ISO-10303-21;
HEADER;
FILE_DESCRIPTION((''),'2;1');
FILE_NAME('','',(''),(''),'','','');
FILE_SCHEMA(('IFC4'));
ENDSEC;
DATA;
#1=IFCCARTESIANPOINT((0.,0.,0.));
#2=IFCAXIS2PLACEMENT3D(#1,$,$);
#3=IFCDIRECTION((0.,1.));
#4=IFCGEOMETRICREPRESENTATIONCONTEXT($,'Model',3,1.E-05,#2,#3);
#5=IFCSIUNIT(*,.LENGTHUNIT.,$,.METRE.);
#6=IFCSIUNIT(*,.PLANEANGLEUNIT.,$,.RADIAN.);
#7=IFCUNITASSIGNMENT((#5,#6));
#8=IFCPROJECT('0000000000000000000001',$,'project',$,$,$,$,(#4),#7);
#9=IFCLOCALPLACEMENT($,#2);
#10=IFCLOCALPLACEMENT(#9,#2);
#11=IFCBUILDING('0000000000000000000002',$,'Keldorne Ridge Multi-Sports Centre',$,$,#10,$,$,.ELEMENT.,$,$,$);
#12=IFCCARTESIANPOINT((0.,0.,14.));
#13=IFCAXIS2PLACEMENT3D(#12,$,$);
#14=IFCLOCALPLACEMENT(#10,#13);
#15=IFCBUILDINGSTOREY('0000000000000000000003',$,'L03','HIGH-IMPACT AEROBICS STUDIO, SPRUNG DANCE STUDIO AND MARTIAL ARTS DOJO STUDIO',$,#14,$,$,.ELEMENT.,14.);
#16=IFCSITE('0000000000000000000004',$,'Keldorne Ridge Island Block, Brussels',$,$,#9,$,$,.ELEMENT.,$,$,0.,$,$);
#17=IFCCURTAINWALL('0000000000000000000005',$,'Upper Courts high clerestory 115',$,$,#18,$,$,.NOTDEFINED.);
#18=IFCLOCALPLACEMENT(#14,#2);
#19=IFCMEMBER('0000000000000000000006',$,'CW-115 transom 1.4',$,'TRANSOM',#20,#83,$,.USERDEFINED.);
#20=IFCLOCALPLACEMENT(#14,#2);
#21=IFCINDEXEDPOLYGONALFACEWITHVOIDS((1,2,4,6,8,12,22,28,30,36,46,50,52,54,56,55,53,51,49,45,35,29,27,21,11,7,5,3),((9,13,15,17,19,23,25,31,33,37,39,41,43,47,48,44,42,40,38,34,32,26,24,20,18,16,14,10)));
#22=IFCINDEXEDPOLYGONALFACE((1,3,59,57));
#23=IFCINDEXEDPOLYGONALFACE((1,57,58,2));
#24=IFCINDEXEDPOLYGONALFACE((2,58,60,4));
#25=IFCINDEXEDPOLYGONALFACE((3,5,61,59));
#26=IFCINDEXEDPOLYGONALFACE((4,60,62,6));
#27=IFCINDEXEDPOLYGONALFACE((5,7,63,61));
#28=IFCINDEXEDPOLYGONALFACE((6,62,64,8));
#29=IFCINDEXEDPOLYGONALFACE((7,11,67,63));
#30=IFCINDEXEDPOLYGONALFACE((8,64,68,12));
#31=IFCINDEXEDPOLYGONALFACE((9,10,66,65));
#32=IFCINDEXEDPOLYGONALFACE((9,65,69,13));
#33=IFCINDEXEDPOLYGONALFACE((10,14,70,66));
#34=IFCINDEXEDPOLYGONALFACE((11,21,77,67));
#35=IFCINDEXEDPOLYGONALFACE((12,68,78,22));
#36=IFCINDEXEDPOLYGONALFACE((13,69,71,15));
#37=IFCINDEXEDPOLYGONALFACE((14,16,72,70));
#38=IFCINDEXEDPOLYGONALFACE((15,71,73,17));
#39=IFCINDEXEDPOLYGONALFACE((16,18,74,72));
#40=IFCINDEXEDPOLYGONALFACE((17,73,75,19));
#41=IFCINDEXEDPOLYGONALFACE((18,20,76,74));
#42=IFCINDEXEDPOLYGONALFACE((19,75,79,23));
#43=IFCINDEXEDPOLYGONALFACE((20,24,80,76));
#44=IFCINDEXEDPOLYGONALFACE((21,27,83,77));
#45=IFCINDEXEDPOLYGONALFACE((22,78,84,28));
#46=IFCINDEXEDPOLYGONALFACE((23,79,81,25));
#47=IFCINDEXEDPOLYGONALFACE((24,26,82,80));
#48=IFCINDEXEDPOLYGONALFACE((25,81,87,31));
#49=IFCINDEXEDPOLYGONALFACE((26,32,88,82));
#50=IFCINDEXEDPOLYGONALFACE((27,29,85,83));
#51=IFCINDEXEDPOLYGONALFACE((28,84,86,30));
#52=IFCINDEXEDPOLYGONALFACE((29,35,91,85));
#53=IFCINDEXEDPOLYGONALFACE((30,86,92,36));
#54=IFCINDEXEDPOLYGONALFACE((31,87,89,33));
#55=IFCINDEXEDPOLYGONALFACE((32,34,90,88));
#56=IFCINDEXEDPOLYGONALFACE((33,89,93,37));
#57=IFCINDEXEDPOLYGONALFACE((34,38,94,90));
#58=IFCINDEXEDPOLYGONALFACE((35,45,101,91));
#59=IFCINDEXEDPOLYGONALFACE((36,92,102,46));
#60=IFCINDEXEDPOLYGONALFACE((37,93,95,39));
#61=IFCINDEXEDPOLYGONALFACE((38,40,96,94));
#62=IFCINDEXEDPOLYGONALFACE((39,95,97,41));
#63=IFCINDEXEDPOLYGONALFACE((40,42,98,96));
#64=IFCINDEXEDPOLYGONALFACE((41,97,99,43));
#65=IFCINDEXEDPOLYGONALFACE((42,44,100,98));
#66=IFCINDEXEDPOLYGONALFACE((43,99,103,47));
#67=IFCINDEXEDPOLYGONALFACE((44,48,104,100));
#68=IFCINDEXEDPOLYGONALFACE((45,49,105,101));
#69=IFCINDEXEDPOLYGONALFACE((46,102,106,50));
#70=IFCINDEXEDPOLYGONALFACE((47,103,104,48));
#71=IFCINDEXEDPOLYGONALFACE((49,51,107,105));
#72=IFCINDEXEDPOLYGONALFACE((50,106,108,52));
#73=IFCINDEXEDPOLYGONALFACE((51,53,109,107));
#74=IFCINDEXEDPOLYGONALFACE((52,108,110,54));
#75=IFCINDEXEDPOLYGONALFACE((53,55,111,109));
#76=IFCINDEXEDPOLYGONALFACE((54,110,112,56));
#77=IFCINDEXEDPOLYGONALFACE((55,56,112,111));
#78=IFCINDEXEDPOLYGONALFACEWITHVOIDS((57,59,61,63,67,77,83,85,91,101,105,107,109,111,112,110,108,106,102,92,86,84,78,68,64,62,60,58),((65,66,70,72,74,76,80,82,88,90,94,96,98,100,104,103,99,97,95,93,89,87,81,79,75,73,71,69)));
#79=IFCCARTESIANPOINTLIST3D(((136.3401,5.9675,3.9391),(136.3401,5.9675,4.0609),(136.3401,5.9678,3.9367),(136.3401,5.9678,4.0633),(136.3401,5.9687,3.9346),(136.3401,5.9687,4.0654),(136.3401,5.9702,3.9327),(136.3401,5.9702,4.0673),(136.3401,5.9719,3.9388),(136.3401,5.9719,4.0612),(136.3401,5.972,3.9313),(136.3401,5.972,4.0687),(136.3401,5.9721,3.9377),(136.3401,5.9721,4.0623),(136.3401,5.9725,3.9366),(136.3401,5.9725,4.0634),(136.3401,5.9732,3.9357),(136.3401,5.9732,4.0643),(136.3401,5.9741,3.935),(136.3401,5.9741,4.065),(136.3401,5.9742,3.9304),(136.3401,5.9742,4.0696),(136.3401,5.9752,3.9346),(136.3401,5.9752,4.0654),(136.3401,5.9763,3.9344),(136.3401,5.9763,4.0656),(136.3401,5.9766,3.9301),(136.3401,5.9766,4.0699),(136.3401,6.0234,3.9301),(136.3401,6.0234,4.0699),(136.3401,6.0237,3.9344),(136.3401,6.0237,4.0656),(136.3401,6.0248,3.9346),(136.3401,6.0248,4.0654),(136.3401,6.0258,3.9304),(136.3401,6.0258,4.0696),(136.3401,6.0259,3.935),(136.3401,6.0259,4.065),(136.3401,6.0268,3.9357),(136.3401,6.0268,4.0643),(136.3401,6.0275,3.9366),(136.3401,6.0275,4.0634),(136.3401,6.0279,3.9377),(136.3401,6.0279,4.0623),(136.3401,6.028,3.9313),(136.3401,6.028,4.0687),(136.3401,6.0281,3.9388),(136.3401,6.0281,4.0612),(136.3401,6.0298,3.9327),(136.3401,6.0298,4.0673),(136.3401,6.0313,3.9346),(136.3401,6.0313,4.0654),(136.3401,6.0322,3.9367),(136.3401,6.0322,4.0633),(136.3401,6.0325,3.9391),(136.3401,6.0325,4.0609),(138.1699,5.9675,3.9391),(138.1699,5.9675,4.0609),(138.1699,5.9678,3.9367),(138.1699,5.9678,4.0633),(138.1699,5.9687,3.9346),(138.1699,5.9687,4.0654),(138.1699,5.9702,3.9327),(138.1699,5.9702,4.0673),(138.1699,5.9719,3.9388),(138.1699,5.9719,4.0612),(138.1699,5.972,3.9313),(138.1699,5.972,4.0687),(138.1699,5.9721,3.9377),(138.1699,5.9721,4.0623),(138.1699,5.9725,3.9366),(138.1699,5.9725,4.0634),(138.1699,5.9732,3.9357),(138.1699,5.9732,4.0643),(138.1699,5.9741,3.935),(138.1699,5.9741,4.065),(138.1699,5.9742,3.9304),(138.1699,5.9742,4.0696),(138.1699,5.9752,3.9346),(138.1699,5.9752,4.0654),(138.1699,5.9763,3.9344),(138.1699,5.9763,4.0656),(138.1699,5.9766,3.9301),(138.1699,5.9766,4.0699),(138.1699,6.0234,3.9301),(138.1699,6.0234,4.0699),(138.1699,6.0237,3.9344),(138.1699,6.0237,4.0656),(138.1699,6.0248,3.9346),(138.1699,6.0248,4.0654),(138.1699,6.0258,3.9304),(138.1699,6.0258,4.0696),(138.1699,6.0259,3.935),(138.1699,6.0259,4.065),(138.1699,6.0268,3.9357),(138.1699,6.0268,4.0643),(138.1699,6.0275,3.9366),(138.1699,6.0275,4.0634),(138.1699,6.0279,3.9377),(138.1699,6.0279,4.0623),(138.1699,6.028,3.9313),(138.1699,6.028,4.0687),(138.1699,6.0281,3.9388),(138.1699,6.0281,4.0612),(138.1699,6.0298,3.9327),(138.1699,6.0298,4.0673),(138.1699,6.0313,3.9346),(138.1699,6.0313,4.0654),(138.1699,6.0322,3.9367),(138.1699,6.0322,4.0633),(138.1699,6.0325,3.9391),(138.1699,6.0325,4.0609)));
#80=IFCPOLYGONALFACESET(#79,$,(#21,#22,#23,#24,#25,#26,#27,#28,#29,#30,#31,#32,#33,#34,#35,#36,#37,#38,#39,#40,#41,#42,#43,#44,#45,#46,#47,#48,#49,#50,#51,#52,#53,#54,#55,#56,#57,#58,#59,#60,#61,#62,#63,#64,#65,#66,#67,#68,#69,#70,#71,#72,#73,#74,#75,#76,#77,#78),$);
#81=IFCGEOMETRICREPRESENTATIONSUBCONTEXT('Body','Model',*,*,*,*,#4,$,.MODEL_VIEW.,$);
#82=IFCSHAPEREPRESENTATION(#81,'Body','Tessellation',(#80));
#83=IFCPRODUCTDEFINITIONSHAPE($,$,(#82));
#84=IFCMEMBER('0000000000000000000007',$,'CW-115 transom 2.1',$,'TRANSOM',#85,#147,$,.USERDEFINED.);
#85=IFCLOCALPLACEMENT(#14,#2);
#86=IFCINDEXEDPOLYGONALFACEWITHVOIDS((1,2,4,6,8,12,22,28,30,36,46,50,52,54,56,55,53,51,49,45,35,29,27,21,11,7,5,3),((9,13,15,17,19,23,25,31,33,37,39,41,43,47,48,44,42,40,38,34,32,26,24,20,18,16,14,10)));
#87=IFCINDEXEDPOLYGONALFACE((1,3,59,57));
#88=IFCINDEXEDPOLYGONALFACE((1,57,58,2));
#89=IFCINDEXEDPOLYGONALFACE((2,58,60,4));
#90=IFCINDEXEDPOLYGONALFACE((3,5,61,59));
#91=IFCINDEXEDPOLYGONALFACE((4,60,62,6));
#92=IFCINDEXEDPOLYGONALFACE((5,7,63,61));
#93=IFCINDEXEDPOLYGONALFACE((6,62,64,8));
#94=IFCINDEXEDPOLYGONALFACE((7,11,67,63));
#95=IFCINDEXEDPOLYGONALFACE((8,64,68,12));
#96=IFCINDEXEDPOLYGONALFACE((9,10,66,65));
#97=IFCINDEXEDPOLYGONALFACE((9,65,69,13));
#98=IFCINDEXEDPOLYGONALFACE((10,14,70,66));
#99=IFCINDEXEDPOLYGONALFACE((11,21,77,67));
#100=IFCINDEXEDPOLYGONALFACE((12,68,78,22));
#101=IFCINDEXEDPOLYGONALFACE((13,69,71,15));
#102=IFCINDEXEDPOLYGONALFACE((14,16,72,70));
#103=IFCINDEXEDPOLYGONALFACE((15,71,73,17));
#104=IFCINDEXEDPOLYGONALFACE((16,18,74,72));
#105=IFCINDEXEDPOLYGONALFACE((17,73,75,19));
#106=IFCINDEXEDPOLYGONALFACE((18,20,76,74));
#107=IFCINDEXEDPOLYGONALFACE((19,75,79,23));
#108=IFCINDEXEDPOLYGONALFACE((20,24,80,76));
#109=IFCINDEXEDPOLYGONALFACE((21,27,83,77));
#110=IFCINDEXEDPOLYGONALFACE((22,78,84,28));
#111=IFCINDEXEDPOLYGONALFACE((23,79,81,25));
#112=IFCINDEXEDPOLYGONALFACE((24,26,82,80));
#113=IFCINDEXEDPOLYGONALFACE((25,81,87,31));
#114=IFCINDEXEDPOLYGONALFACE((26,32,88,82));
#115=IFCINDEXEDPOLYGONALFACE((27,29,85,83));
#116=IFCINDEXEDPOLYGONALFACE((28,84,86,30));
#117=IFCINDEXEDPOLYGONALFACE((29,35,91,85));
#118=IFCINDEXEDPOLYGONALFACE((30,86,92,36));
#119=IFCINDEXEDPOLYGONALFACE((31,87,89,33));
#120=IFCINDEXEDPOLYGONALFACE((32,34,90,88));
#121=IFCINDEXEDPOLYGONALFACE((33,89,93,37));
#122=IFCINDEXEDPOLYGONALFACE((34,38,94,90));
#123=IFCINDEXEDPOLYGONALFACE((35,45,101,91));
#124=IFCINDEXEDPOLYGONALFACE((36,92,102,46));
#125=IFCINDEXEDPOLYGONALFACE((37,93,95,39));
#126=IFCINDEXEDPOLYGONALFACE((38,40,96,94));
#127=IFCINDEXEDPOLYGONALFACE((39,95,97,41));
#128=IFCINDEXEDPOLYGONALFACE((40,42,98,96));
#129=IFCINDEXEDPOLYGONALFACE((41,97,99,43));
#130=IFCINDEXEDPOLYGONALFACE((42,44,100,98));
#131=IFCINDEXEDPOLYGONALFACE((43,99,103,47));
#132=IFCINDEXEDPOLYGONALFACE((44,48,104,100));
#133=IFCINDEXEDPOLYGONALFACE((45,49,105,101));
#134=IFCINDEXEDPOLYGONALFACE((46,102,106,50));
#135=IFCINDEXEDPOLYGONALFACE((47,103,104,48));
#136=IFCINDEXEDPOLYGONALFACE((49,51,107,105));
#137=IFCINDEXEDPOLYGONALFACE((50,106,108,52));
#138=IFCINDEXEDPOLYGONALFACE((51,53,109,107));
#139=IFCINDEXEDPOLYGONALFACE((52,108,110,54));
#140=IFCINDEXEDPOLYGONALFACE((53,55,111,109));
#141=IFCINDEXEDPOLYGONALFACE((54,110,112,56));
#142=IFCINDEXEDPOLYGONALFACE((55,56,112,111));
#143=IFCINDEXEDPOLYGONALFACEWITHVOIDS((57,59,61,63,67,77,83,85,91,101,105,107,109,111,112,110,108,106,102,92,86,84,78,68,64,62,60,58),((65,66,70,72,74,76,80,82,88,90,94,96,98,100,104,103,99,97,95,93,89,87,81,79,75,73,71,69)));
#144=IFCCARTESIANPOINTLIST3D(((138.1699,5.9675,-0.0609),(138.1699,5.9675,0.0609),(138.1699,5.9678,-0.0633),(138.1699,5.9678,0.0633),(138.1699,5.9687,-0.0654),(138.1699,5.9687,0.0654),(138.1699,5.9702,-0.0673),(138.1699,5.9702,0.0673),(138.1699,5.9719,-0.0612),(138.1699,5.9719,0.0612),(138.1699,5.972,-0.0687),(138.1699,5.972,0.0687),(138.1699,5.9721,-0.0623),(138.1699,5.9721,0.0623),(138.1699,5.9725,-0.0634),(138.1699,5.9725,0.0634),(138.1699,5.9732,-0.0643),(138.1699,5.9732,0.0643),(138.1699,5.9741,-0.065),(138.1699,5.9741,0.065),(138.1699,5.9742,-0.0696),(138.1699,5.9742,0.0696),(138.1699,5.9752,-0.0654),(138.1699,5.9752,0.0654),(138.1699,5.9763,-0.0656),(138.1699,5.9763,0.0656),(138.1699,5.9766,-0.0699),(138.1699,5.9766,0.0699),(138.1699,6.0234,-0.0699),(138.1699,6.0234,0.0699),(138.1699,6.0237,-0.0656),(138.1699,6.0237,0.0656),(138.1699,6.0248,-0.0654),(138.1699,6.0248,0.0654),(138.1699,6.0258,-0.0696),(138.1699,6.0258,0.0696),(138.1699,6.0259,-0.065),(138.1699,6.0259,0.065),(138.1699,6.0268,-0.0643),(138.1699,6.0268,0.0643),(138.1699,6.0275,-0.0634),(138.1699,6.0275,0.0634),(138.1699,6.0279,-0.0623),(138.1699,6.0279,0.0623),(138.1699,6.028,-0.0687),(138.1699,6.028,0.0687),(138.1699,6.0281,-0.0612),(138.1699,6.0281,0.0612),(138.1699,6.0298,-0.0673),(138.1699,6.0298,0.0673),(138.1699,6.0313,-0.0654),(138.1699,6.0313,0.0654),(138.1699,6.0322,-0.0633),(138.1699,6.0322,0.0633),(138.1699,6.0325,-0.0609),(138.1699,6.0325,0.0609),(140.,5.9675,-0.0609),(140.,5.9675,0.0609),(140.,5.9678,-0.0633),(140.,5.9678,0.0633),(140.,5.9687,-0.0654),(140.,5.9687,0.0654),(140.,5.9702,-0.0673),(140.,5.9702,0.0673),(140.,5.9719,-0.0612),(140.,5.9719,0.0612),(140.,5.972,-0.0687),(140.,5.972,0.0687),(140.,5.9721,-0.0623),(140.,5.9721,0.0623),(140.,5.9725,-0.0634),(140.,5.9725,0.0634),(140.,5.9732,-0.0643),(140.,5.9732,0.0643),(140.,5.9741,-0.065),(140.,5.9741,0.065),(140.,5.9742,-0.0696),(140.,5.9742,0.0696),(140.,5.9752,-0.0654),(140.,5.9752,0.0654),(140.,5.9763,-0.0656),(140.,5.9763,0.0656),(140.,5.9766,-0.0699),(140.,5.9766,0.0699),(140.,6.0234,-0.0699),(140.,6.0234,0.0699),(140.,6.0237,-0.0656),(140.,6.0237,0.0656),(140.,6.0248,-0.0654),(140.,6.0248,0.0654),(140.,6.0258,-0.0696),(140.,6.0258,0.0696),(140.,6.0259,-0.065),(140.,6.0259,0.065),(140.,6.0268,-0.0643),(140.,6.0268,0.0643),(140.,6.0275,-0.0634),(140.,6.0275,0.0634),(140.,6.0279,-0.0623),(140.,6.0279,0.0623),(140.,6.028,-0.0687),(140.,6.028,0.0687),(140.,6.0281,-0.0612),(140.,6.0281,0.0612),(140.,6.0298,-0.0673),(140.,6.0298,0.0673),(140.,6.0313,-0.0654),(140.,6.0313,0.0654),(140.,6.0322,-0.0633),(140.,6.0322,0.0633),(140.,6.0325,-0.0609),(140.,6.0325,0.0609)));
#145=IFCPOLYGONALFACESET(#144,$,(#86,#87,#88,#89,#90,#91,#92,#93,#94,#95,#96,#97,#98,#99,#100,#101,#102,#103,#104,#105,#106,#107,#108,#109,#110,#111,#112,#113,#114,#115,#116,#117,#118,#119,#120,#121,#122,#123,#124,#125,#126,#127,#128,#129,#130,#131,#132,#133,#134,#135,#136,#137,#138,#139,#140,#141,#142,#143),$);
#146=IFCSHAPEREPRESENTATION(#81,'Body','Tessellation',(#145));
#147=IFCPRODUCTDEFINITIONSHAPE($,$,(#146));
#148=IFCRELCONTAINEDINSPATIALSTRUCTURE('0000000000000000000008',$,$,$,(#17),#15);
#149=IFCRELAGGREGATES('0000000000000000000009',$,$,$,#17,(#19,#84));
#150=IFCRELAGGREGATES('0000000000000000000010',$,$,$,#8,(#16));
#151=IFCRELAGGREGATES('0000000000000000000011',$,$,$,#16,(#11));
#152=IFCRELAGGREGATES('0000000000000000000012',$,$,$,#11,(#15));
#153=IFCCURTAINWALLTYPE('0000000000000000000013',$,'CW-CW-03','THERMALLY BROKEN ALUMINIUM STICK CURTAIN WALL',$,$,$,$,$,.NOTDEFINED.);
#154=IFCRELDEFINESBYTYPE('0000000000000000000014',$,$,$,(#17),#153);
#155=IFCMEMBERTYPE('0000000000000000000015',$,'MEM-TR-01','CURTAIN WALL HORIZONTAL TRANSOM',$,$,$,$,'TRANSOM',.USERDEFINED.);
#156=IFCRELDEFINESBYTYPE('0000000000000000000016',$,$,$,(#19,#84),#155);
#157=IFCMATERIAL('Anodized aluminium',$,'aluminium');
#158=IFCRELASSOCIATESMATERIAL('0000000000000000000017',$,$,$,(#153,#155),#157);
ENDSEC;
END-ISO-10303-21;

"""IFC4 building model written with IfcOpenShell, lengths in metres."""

from ifc_helpers import new_model, si_unit, direction, frame, origin, origin_2d, place, context, subcontext, project, spatial, hollow_rectangle, extrude, material, material_profile, profile_set, type_object, element, aggregate, save


model = new_model("IFC4")

# Units and contexts
model_context = context("Model", 3, precision=1e-05, world=origin(), true_north=direction((0.0, 1.0)))
body_context = subcontext(model_context, "Body", "Model", "MODEL_VIEW")
ifc_project = project(units=[si_unit("LENGTHUNIT", "METRE"), si_unit("PLANEANGLEUNIT", "RADIAN")], contexts=[model_context])

# Site, building, storey
site_placement = place(None, origin())
site = spatial("IfcSite", under=ifc_project, at=site_placement, Name="Keldorne Ridge Island Block, Brussels", CompositionType="ELEMENT", RefElevation=0.0)
building_placement = place(site_placement, origin())
building = spatial("IfcBuilding", under=site, at=building_placement, Name="Keldorne Ridge Multi-Sports Centre", CompositionType="ELEMENT")
storey_placement = place(building_placement, frame((0.0, 0.0, 14.0)))
storey = spatial("IfcBuildingStorey", under=building, at=storey_placement, Name="L03", Description="HIGH-IMPACT AEROBICS STUDIO, SPRUNG DANCE STUDIO AND MARTIAL ARTS DOJO STUDIO", CompositionType="ELEMENT", Elevation=14.0)

# Curtain wall
ifc_material_1 = material(Name="Anodized aluminium", Category="aluminium")
curtain_wall_type = type_object("IfcCurtainWallType", Name="CW-CW-03", Description="THERMALLY BROKEN ALUMINIUM STICK CURTAIN WALL", PredefinedType="NOTDEFINED", material=ifc_material_1)
curtain_wall_placement = place(storey_placement, origin())
curtain_wall = element("IfcCurtainWall", 1, at=curtain_wall_placement, inside=storey, type_object=curtain_wall_type, Name="Upper Courts high clerestory 115", PredefinedType="NOTDEFINED")

# Members
ifc_material_profile_1 = material_profile(ifc_material_1, hollow_rectangle(XDim=0.0649, YDim=0.1399, WallThickness=0.0044, InnerFilletRadius=0.0044, OuterFilletRadius=0.009, at=origin_2d()), Name="ALU TRANSOM 140x65x4.5")
ifc_profile_set_1 = profile_set([ifc_material_profile_1], Name="Anodized aluminium")
member_type_1 = type_object("IfcMemberType", Name="MEM-TR-01", Description="CURTAIN WALL HORIZONTAL TRANSOM", ElementType="TRANSOM", PredefinedType="USERDEFINED", material=ifc_profile_set_1)
member_1_placement = place(storey_placement, frame((136.3401, 6.0, 4.0), z_axis=(1.0, 0.0, 0.0), x_axis=(0.0, 1.0, 0.0)))
member_1 = element("IfcMember", 2, at=member_1_placement, type_object=member_type_1, Name="CW-115 transom 1.4", ObjectType="TRANSOM", PredefinedType="USERDEFINED", context=body_context, shape_type="SweptSolid", body=[
    extrude(hollow_rectangle(XDim=0.0649, YDim=0.1399, WallThickness=0.0044, InnerFilletRadius=0.0044, OuterFilletRadius=0.009, at=origin_2d()), origin(), (0.0, 0.0, 1.0), 1.8298),
])
member_2_placement = place(storey_placement, frame((138.1699, 6.0, 0.0), z_axis=(1.0, 0.0, 0.0), x_axis=(0.0, 1.0, 0.0)))
member_2 = element("IfcMember", 3, at=member_2_placement, type_object=member_type_1, Name="CW-115 transom 2.1", ObjectType="TRANSOM", PredefinedType="USERDEFINED", context=body_context, shape_type="SweptSolid", body=[
    extrude(hollow_rectangle(XDim=0.0649, YDim=0.1399, WallThickness=0.0044, InnerFilletRadius=0.0044, OuterFilletRadius=0.009, at=origin_2d()), origin(), (0.0, 0.0, 1.0), 1.8301),
])

aggregate(curtain_wall, [member_1, member_2])

save(model, "model.ifc")
